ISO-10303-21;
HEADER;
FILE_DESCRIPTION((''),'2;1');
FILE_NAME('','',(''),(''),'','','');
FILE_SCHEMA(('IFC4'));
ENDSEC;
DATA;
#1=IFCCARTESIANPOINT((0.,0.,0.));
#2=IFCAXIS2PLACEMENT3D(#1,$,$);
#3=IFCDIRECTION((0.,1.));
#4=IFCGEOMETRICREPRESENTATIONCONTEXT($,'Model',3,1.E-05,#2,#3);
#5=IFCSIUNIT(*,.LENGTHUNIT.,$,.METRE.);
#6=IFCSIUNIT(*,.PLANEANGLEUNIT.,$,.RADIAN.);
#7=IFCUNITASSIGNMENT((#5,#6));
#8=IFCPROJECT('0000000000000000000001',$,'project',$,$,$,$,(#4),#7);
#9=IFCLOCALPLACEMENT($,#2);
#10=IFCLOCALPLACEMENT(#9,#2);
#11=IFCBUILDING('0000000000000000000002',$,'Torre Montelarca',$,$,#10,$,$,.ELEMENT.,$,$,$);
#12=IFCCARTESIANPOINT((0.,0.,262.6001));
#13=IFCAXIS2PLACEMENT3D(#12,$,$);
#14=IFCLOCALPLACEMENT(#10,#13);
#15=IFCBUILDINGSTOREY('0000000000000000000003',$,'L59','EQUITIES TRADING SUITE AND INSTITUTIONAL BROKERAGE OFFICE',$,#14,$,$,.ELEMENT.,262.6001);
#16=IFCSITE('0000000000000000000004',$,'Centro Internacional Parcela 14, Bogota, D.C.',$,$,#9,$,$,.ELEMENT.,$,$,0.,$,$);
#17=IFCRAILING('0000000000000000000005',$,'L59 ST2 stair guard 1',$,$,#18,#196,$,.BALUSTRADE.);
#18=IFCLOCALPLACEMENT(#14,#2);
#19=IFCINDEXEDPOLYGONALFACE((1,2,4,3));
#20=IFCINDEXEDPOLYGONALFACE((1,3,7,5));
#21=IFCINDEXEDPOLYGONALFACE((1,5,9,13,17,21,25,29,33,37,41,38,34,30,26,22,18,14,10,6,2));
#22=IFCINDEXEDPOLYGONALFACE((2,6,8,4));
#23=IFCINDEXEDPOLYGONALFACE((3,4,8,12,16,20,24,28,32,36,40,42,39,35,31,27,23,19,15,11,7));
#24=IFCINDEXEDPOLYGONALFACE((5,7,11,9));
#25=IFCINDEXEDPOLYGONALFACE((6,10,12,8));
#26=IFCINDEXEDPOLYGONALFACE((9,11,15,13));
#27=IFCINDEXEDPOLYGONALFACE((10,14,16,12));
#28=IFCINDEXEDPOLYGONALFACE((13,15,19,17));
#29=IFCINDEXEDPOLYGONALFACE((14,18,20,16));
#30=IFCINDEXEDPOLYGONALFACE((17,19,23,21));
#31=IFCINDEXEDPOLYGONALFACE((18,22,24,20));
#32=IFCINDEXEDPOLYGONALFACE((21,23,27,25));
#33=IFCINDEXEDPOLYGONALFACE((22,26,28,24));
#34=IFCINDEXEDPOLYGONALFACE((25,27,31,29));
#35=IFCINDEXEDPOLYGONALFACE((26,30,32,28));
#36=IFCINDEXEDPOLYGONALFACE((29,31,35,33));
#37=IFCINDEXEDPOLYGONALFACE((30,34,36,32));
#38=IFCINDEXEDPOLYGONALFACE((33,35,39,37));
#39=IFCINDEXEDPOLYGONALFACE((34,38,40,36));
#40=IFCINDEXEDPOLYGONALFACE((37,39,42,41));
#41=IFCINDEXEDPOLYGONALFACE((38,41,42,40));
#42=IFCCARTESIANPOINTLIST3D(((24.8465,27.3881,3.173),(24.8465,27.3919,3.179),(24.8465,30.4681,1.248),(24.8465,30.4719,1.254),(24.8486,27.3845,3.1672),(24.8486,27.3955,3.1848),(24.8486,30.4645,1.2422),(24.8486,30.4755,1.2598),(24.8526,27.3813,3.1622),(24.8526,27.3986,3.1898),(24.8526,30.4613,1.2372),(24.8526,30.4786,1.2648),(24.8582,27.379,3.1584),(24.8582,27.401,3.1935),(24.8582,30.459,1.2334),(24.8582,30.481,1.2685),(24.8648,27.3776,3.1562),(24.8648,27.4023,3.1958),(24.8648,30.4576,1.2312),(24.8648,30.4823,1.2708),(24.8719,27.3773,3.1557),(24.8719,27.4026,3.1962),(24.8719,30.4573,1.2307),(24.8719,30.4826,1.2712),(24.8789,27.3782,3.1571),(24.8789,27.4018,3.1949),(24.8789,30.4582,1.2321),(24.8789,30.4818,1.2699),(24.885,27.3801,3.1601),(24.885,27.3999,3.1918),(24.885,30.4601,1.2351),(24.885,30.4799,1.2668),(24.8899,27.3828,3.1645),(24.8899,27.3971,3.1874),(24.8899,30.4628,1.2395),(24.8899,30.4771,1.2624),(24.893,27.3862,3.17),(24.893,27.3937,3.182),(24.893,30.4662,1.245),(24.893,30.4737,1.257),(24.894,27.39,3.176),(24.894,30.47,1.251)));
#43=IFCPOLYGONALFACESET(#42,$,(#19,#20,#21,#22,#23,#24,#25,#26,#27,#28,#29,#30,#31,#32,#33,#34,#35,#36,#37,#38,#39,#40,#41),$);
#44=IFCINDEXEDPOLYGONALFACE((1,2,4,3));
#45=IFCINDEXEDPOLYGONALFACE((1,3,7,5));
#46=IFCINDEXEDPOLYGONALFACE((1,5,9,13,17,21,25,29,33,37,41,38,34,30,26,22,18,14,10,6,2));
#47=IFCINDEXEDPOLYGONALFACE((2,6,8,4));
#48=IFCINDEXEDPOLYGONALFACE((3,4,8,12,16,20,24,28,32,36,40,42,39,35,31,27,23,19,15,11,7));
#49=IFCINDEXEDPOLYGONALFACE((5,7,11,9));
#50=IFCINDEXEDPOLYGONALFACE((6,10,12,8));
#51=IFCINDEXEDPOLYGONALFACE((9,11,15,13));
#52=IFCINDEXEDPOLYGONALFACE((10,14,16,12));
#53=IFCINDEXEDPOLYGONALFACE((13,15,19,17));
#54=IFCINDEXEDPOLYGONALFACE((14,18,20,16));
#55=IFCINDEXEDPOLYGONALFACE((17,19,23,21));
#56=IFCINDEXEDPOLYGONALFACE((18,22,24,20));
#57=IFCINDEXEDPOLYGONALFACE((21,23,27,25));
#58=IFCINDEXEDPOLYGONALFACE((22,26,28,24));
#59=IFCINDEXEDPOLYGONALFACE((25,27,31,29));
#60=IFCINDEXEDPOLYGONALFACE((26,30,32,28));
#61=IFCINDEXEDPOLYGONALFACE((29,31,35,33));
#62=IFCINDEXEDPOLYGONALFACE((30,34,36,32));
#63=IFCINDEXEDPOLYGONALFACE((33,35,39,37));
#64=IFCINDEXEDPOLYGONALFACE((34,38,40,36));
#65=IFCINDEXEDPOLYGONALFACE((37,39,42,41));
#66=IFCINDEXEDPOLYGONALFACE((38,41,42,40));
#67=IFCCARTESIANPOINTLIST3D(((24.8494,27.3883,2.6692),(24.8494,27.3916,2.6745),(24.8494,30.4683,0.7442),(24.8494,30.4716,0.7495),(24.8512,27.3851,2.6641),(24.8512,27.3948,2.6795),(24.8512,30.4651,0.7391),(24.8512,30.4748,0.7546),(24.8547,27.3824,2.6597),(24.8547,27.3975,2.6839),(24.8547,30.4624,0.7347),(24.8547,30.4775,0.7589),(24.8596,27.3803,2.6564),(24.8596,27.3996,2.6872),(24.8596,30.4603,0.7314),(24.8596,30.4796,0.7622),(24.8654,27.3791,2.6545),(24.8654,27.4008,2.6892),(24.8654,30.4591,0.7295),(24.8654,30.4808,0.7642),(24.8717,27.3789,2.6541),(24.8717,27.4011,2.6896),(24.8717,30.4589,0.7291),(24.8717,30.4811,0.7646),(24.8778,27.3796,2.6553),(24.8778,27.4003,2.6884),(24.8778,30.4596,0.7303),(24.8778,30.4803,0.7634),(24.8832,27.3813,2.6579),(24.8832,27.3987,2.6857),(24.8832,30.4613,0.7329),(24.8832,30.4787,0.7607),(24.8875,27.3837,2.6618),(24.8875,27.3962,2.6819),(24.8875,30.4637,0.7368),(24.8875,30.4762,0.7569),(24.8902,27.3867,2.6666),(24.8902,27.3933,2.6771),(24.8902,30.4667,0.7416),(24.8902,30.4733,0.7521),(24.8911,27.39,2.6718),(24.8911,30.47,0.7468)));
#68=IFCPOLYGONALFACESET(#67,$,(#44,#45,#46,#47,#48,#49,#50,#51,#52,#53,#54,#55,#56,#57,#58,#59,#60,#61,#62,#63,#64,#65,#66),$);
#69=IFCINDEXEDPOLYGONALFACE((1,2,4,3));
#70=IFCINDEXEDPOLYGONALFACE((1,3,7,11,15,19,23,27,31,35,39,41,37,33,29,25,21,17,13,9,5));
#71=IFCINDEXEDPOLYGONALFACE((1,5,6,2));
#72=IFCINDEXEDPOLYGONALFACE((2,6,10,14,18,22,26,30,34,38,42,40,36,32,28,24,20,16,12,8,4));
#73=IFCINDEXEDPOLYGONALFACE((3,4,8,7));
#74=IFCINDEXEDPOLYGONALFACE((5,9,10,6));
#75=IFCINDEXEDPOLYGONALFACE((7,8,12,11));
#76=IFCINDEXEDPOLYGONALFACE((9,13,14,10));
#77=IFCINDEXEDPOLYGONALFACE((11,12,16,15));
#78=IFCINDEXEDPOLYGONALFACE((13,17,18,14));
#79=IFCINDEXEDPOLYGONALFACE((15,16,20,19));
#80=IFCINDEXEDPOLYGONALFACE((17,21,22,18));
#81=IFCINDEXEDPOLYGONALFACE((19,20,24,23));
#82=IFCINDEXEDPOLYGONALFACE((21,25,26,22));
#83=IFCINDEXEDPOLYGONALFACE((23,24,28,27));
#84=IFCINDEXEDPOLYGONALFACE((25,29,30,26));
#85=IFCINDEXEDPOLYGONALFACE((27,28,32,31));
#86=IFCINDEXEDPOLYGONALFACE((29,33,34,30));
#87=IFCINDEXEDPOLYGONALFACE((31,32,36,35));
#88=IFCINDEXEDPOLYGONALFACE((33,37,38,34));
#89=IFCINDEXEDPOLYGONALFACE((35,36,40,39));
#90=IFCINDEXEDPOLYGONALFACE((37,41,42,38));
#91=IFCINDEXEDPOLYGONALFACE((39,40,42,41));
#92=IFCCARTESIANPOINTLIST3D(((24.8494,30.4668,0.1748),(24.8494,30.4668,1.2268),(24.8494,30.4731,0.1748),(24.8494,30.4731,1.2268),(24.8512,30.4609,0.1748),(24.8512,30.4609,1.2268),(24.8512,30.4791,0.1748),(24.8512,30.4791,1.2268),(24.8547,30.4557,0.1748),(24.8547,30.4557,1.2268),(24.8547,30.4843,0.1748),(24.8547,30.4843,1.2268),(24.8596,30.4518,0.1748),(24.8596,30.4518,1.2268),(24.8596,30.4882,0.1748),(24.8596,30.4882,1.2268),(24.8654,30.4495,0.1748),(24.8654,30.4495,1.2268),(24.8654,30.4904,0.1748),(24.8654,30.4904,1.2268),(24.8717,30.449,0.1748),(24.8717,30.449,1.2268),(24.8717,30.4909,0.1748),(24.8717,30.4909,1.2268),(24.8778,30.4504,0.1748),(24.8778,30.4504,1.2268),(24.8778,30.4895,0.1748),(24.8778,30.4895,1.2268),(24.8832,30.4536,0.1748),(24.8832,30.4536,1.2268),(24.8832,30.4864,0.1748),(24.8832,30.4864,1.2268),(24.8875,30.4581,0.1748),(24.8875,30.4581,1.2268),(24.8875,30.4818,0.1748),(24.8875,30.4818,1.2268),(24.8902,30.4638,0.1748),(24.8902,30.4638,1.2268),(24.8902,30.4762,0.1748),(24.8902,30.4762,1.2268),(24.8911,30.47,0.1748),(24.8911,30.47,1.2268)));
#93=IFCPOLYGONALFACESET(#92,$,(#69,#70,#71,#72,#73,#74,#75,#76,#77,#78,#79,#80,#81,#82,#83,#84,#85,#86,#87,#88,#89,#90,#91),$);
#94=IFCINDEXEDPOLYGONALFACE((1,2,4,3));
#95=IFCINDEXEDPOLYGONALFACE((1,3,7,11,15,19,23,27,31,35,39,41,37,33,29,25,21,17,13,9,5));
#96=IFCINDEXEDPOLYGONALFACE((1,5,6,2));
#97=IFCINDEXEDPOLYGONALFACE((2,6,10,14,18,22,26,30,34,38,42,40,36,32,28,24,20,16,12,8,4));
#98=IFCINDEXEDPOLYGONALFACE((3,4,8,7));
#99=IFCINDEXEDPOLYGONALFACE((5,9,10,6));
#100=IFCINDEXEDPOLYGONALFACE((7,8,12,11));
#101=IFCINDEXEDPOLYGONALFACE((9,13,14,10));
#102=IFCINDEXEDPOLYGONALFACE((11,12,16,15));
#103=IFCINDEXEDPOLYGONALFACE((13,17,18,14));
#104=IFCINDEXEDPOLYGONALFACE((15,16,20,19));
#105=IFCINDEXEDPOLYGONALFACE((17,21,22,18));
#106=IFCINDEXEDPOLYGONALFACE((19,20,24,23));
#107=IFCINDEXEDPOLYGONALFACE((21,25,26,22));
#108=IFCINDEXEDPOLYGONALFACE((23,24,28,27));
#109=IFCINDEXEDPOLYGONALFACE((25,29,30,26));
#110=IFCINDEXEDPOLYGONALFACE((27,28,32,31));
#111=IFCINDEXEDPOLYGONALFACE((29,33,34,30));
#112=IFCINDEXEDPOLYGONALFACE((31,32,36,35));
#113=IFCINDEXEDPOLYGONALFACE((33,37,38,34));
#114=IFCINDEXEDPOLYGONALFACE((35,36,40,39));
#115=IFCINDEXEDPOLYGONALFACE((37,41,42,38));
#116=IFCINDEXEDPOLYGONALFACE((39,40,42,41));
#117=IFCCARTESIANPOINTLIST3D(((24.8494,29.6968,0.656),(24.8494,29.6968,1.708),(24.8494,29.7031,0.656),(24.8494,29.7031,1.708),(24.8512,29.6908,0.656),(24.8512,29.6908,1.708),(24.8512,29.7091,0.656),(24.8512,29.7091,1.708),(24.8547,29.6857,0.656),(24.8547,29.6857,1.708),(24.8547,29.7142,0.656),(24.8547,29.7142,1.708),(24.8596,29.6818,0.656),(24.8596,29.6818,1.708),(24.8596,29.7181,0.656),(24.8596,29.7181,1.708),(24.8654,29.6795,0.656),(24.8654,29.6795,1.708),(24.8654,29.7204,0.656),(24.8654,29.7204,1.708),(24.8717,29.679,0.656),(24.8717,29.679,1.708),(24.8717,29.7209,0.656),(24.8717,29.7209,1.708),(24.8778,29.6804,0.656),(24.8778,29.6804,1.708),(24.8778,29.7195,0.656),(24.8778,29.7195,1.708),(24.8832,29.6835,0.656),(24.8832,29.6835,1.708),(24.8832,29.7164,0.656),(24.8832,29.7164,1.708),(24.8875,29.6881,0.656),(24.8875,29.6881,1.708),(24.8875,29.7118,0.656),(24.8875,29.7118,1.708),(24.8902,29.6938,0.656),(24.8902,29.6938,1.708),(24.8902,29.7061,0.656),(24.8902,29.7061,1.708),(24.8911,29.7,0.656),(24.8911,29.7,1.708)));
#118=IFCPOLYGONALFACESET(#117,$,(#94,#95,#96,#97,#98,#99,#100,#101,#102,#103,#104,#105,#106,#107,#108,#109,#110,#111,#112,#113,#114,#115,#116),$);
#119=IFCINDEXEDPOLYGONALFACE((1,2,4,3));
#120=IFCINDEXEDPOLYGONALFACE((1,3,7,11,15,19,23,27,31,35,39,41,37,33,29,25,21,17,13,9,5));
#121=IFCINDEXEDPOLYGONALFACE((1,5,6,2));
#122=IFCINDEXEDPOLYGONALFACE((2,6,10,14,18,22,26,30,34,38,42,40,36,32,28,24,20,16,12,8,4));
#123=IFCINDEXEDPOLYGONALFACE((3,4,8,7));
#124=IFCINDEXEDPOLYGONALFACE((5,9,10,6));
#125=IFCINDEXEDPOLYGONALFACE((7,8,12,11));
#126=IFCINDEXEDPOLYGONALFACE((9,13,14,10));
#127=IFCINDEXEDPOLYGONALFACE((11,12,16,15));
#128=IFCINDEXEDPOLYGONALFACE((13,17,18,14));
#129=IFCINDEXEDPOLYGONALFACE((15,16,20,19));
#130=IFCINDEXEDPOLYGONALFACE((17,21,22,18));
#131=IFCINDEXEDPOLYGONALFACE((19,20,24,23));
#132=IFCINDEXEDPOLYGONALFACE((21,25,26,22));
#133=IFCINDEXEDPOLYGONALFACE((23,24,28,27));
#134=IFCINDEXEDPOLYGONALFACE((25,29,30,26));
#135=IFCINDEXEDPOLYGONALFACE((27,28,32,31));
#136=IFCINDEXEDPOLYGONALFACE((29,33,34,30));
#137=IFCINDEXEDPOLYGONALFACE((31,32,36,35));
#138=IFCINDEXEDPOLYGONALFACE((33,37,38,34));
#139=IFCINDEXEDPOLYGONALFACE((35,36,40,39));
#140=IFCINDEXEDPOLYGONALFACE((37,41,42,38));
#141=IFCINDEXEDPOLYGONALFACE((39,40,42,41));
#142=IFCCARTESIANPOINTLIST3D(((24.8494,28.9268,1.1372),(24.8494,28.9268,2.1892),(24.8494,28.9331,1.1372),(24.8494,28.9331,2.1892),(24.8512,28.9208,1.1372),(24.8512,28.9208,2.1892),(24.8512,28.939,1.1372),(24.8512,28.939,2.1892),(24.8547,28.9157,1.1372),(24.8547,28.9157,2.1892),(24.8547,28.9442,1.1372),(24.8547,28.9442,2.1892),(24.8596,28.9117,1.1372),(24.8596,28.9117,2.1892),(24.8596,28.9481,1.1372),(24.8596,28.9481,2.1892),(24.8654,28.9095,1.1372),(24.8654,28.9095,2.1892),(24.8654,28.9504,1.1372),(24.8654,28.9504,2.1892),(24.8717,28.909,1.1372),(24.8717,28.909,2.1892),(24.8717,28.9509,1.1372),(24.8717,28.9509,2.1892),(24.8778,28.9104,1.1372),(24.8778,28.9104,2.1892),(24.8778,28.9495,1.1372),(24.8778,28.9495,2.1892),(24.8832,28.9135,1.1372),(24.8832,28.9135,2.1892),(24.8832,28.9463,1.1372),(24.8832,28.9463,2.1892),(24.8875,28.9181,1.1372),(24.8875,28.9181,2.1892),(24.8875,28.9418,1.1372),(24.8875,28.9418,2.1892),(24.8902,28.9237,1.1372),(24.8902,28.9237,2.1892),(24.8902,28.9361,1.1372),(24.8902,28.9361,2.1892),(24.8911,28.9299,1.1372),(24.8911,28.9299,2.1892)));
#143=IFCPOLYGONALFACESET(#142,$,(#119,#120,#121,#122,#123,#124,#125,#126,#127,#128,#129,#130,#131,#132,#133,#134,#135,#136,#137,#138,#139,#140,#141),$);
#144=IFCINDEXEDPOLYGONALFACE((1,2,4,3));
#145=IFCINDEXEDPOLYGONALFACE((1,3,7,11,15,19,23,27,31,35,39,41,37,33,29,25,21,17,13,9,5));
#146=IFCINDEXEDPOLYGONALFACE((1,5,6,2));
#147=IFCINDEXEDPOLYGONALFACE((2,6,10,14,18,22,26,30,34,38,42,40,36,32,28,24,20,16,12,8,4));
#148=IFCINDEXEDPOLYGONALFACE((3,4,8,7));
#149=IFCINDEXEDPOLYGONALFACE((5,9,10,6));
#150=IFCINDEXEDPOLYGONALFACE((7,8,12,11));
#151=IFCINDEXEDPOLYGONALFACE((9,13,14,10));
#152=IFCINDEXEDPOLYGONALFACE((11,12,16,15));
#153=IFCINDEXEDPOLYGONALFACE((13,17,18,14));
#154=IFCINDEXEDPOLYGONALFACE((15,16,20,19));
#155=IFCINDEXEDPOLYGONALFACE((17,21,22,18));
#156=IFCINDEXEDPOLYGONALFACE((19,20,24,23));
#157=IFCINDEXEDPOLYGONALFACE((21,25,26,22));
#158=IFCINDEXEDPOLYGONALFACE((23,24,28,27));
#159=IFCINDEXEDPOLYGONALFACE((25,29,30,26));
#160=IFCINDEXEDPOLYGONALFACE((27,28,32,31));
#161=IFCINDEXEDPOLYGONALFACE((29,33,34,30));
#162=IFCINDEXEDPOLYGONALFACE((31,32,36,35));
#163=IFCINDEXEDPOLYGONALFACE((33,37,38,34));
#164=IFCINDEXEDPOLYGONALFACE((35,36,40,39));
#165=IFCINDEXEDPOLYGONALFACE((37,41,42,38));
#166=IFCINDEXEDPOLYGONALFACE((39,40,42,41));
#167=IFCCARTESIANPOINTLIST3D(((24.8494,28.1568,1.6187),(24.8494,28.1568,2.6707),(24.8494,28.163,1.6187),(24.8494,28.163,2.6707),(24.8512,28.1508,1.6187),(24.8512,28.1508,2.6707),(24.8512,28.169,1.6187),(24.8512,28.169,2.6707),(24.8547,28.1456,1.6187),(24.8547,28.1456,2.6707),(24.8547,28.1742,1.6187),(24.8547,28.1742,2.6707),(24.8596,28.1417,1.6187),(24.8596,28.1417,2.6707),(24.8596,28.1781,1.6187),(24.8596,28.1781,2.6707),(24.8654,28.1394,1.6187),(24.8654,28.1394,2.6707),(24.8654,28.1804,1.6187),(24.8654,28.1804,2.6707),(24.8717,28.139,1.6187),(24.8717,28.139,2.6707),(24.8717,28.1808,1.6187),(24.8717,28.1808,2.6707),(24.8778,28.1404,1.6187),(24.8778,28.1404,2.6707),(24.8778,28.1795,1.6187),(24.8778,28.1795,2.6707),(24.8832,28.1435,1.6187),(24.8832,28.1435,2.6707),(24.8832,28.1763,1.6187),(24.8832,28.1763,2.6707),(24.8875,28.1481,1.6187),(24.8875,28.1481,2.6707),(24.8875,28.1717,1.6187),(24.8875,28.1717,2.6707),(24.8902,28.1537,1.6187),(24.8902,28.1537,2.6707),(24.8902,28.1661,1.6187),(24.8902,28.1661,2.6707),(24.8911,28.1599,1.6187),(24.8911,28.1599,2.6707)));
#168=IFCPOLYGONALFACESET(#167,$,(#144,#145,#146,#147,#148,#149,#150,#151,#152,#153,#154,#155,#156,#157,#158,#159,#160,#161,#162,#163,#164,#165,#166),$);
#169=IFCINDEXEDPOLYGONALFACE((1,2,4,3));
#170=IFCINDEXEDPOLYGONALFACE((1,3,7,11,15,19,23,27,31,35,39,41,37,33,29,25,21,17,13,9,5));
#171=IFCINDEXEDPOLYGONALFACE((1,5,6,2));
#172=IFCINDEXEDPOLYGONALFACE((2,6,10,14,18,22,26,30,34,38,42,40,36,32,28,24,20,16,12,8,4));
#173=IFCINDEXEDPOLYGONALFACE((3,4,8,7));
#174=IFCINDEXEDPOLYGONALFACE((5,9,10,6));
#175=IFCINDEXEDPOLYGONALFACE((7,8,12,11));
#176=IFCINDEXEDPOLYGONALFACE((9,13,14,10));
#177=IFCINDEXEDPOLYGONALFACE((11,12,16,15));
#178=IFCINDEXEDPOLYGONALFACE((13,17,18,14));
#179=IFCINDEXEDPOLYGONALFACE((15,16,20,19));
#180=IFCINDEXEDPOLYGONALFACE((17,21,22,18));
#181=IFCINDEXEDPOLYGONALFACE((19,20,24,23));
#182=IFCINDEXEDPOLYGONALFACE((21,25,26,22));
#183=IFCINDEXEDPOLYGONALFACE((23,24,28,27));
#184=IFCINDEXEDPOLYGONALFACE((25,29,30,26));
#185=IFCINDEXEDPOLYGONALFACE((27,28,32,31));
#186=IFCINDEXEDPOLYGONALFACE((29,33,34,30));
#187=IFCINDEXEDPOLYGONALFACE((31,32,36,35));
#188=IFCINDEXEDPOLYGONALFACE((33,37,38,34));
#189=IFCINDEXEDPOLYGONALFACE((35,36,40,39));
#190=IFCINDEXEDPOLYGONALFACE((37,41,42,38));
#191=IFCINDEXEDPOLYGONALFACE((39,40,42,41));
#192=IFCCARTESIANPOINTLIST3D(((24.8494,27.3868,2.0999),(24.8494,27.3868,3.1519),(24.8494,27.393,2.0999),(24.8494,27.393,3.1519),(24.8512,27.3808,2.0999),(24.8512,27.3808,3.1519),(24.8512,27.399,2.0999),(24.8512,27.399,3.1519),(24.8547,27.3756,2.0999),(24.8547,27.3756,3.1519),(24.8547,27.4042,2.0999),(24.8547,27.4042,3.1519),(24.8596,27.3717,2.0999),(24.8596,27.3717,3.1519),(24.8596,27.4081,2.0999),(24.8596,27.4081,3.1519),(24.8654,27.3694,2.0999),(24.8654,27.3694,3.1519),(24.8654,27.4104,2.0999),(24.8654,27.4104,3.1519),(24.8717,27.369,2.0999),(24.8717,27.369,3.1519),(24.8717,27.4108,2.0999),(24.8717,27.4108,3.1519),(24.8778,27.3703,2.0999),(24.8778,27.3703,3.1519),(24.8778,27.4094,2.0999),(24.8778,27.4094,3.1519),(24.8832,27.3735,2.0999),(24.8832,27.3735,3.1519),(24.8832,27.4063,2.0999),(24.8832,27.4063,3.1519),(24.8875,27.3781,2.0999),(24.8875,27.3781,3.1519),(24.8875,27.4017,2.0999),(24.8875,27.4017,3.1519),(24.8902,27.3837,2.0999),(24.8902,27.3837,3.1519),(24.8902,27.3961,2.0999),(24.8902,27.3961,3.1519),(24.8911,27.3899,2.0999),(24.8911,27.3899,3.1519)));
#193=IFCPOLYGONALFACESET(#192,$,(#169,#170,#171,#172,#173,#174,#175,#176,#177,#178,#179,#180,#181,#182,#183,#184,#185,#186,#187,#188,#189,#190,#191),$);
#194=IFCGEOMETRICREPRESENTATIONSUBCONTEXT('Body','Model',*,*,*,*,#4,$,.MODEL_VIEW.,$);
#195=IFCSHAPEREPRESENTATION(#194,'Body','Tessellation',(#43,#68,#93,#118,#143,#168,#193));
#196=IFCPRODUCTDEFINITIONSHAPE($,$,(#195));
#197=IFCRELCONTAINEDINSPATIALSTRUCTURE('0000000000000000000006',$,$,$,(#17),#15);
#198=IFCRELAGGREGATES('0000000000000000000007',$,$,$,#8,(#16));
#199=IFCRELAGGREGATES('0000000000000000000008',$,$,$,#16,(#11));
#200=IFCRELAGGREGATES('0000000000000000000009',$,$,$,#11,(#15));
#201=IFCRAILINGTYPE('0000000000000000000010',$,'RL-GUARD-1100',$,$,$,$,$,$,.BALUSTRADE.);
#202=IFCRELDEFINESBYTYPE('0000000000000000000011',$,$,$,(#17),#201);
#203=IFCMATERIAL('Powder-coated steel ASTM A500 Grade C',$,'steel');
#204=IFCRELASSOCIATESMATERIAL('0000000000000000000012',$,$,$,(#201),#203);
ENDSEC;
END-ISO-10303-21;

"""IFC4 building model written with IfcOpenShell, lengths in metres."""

from ifc_helpers import new_model, si_unit, direction, frame, origin, origin_2d, place, context, subcontext, project, spatial, circle, extrude, material, type_object, element, save


model = new_model("IFC4")

# Units and contexts
model_context = context("Model", 3, precision=1e-05, world=origin(), true_north=direction((0.0, 1.0)))
body_context = subcontext(model_context, "Body", "Model", "MODEL_VIEW")
ifc_project = project(units=[si_unit("LENGTHUNIT", "METRE"), si_unit("PLANEANGLEUNIT", "RADIAN")], contexts=[model_context])

# Site, building, storey
site_placement = place(None, origin())
site = spatial("IfcSite", under=ifc_project, at=site_placement, Name="Centro Internacional Parcela 14, Bogota, D.C.", CompositionType="ELEMENT", RefElevation=0.0)
building_placement = place(site_placement, origin())
building = spatial("IfcBuilding", under=site, at=building_placement, Name="Torre Montelarca", CompositionType="ELEMENT")
storey_placement = place(building_placement, frame((0.0, 0.0, 262.6001)))
storey = spatial("IfcBuildingStorey", under=building, at=storey_placement, Name="L59", Description="EQUITIES TRADING SUITE AND INSTITUTIONAL BROKERAGE OFFICE", CompositionType="ELEMENT", Elevation=262.6001)

# Railing
ifc_material_1 = material(Name="Powder-coated steel ASTM A500 Grade C", Category="steel")
railing_type_1 = type_object("IfcRailingType", Name="RL-GUARD-1100", PredefinedType="BALUSTRADE", material=ifc_material_1)
railing_1_placement = place(storey_placement, frame((24.8701, 30.47, 0.1748)))
element("IfcRailing", 1, at=railing_1_placement, inside=storey, type_object=railing_type_1, Name="L59 ST2 stair guard 1", PredefinedType="BALUSTRADE", context=body_context, shape_type="SweptSolid", body=[
    extrude(circle(Radius=0.0239, at=origin_2d()), frame((0.0, 0.0, 1.0762), z_axis=(0.0, -0.847998, 0.529999), x_axis=(1.0, 0.0, 0.0)), (0.0, 0.0, 1.0), 3.6321),
    extrude(circle(Radius=0.021, at=origin_2d()), frame((0.0, 0.0, 0.572), z_axis=(0.0, -0.847998, 0.529999), x_axis=(1.0, 0.0, 0.0)), (0.0, 0.0, 1.0), 3.6321),
    extrude(circle(Radius=0.021, at=origin_2d()), origin(), (0.0, 0.0, 1.0), 1.052),
    extrude(circle(Radius=0.021, at=origin_2d()), frame((0.0, -0.77, 0.4812)), (0.0, 0.0, 1.0), 1.052),
    extrude(circle(Radius=0.021, at=origin_2d()), frame((0.0, -1.54, 0.9624)), (0.0, 0.0, 1.0), 1.052),
    extrude(circle(Radius=0.021, at=origin_2d()), frame((0.0, -2.3101, 1.4438)), (0.0, 0.0, 1.0), 1.052),
    extrude(circle(Radius=0.021, at=origin_2d()), frame((0.0, -3.0801, 1.925)), (0.0, 0.0, 1.0), 1.052),
])

save(model, "model.ifc")
